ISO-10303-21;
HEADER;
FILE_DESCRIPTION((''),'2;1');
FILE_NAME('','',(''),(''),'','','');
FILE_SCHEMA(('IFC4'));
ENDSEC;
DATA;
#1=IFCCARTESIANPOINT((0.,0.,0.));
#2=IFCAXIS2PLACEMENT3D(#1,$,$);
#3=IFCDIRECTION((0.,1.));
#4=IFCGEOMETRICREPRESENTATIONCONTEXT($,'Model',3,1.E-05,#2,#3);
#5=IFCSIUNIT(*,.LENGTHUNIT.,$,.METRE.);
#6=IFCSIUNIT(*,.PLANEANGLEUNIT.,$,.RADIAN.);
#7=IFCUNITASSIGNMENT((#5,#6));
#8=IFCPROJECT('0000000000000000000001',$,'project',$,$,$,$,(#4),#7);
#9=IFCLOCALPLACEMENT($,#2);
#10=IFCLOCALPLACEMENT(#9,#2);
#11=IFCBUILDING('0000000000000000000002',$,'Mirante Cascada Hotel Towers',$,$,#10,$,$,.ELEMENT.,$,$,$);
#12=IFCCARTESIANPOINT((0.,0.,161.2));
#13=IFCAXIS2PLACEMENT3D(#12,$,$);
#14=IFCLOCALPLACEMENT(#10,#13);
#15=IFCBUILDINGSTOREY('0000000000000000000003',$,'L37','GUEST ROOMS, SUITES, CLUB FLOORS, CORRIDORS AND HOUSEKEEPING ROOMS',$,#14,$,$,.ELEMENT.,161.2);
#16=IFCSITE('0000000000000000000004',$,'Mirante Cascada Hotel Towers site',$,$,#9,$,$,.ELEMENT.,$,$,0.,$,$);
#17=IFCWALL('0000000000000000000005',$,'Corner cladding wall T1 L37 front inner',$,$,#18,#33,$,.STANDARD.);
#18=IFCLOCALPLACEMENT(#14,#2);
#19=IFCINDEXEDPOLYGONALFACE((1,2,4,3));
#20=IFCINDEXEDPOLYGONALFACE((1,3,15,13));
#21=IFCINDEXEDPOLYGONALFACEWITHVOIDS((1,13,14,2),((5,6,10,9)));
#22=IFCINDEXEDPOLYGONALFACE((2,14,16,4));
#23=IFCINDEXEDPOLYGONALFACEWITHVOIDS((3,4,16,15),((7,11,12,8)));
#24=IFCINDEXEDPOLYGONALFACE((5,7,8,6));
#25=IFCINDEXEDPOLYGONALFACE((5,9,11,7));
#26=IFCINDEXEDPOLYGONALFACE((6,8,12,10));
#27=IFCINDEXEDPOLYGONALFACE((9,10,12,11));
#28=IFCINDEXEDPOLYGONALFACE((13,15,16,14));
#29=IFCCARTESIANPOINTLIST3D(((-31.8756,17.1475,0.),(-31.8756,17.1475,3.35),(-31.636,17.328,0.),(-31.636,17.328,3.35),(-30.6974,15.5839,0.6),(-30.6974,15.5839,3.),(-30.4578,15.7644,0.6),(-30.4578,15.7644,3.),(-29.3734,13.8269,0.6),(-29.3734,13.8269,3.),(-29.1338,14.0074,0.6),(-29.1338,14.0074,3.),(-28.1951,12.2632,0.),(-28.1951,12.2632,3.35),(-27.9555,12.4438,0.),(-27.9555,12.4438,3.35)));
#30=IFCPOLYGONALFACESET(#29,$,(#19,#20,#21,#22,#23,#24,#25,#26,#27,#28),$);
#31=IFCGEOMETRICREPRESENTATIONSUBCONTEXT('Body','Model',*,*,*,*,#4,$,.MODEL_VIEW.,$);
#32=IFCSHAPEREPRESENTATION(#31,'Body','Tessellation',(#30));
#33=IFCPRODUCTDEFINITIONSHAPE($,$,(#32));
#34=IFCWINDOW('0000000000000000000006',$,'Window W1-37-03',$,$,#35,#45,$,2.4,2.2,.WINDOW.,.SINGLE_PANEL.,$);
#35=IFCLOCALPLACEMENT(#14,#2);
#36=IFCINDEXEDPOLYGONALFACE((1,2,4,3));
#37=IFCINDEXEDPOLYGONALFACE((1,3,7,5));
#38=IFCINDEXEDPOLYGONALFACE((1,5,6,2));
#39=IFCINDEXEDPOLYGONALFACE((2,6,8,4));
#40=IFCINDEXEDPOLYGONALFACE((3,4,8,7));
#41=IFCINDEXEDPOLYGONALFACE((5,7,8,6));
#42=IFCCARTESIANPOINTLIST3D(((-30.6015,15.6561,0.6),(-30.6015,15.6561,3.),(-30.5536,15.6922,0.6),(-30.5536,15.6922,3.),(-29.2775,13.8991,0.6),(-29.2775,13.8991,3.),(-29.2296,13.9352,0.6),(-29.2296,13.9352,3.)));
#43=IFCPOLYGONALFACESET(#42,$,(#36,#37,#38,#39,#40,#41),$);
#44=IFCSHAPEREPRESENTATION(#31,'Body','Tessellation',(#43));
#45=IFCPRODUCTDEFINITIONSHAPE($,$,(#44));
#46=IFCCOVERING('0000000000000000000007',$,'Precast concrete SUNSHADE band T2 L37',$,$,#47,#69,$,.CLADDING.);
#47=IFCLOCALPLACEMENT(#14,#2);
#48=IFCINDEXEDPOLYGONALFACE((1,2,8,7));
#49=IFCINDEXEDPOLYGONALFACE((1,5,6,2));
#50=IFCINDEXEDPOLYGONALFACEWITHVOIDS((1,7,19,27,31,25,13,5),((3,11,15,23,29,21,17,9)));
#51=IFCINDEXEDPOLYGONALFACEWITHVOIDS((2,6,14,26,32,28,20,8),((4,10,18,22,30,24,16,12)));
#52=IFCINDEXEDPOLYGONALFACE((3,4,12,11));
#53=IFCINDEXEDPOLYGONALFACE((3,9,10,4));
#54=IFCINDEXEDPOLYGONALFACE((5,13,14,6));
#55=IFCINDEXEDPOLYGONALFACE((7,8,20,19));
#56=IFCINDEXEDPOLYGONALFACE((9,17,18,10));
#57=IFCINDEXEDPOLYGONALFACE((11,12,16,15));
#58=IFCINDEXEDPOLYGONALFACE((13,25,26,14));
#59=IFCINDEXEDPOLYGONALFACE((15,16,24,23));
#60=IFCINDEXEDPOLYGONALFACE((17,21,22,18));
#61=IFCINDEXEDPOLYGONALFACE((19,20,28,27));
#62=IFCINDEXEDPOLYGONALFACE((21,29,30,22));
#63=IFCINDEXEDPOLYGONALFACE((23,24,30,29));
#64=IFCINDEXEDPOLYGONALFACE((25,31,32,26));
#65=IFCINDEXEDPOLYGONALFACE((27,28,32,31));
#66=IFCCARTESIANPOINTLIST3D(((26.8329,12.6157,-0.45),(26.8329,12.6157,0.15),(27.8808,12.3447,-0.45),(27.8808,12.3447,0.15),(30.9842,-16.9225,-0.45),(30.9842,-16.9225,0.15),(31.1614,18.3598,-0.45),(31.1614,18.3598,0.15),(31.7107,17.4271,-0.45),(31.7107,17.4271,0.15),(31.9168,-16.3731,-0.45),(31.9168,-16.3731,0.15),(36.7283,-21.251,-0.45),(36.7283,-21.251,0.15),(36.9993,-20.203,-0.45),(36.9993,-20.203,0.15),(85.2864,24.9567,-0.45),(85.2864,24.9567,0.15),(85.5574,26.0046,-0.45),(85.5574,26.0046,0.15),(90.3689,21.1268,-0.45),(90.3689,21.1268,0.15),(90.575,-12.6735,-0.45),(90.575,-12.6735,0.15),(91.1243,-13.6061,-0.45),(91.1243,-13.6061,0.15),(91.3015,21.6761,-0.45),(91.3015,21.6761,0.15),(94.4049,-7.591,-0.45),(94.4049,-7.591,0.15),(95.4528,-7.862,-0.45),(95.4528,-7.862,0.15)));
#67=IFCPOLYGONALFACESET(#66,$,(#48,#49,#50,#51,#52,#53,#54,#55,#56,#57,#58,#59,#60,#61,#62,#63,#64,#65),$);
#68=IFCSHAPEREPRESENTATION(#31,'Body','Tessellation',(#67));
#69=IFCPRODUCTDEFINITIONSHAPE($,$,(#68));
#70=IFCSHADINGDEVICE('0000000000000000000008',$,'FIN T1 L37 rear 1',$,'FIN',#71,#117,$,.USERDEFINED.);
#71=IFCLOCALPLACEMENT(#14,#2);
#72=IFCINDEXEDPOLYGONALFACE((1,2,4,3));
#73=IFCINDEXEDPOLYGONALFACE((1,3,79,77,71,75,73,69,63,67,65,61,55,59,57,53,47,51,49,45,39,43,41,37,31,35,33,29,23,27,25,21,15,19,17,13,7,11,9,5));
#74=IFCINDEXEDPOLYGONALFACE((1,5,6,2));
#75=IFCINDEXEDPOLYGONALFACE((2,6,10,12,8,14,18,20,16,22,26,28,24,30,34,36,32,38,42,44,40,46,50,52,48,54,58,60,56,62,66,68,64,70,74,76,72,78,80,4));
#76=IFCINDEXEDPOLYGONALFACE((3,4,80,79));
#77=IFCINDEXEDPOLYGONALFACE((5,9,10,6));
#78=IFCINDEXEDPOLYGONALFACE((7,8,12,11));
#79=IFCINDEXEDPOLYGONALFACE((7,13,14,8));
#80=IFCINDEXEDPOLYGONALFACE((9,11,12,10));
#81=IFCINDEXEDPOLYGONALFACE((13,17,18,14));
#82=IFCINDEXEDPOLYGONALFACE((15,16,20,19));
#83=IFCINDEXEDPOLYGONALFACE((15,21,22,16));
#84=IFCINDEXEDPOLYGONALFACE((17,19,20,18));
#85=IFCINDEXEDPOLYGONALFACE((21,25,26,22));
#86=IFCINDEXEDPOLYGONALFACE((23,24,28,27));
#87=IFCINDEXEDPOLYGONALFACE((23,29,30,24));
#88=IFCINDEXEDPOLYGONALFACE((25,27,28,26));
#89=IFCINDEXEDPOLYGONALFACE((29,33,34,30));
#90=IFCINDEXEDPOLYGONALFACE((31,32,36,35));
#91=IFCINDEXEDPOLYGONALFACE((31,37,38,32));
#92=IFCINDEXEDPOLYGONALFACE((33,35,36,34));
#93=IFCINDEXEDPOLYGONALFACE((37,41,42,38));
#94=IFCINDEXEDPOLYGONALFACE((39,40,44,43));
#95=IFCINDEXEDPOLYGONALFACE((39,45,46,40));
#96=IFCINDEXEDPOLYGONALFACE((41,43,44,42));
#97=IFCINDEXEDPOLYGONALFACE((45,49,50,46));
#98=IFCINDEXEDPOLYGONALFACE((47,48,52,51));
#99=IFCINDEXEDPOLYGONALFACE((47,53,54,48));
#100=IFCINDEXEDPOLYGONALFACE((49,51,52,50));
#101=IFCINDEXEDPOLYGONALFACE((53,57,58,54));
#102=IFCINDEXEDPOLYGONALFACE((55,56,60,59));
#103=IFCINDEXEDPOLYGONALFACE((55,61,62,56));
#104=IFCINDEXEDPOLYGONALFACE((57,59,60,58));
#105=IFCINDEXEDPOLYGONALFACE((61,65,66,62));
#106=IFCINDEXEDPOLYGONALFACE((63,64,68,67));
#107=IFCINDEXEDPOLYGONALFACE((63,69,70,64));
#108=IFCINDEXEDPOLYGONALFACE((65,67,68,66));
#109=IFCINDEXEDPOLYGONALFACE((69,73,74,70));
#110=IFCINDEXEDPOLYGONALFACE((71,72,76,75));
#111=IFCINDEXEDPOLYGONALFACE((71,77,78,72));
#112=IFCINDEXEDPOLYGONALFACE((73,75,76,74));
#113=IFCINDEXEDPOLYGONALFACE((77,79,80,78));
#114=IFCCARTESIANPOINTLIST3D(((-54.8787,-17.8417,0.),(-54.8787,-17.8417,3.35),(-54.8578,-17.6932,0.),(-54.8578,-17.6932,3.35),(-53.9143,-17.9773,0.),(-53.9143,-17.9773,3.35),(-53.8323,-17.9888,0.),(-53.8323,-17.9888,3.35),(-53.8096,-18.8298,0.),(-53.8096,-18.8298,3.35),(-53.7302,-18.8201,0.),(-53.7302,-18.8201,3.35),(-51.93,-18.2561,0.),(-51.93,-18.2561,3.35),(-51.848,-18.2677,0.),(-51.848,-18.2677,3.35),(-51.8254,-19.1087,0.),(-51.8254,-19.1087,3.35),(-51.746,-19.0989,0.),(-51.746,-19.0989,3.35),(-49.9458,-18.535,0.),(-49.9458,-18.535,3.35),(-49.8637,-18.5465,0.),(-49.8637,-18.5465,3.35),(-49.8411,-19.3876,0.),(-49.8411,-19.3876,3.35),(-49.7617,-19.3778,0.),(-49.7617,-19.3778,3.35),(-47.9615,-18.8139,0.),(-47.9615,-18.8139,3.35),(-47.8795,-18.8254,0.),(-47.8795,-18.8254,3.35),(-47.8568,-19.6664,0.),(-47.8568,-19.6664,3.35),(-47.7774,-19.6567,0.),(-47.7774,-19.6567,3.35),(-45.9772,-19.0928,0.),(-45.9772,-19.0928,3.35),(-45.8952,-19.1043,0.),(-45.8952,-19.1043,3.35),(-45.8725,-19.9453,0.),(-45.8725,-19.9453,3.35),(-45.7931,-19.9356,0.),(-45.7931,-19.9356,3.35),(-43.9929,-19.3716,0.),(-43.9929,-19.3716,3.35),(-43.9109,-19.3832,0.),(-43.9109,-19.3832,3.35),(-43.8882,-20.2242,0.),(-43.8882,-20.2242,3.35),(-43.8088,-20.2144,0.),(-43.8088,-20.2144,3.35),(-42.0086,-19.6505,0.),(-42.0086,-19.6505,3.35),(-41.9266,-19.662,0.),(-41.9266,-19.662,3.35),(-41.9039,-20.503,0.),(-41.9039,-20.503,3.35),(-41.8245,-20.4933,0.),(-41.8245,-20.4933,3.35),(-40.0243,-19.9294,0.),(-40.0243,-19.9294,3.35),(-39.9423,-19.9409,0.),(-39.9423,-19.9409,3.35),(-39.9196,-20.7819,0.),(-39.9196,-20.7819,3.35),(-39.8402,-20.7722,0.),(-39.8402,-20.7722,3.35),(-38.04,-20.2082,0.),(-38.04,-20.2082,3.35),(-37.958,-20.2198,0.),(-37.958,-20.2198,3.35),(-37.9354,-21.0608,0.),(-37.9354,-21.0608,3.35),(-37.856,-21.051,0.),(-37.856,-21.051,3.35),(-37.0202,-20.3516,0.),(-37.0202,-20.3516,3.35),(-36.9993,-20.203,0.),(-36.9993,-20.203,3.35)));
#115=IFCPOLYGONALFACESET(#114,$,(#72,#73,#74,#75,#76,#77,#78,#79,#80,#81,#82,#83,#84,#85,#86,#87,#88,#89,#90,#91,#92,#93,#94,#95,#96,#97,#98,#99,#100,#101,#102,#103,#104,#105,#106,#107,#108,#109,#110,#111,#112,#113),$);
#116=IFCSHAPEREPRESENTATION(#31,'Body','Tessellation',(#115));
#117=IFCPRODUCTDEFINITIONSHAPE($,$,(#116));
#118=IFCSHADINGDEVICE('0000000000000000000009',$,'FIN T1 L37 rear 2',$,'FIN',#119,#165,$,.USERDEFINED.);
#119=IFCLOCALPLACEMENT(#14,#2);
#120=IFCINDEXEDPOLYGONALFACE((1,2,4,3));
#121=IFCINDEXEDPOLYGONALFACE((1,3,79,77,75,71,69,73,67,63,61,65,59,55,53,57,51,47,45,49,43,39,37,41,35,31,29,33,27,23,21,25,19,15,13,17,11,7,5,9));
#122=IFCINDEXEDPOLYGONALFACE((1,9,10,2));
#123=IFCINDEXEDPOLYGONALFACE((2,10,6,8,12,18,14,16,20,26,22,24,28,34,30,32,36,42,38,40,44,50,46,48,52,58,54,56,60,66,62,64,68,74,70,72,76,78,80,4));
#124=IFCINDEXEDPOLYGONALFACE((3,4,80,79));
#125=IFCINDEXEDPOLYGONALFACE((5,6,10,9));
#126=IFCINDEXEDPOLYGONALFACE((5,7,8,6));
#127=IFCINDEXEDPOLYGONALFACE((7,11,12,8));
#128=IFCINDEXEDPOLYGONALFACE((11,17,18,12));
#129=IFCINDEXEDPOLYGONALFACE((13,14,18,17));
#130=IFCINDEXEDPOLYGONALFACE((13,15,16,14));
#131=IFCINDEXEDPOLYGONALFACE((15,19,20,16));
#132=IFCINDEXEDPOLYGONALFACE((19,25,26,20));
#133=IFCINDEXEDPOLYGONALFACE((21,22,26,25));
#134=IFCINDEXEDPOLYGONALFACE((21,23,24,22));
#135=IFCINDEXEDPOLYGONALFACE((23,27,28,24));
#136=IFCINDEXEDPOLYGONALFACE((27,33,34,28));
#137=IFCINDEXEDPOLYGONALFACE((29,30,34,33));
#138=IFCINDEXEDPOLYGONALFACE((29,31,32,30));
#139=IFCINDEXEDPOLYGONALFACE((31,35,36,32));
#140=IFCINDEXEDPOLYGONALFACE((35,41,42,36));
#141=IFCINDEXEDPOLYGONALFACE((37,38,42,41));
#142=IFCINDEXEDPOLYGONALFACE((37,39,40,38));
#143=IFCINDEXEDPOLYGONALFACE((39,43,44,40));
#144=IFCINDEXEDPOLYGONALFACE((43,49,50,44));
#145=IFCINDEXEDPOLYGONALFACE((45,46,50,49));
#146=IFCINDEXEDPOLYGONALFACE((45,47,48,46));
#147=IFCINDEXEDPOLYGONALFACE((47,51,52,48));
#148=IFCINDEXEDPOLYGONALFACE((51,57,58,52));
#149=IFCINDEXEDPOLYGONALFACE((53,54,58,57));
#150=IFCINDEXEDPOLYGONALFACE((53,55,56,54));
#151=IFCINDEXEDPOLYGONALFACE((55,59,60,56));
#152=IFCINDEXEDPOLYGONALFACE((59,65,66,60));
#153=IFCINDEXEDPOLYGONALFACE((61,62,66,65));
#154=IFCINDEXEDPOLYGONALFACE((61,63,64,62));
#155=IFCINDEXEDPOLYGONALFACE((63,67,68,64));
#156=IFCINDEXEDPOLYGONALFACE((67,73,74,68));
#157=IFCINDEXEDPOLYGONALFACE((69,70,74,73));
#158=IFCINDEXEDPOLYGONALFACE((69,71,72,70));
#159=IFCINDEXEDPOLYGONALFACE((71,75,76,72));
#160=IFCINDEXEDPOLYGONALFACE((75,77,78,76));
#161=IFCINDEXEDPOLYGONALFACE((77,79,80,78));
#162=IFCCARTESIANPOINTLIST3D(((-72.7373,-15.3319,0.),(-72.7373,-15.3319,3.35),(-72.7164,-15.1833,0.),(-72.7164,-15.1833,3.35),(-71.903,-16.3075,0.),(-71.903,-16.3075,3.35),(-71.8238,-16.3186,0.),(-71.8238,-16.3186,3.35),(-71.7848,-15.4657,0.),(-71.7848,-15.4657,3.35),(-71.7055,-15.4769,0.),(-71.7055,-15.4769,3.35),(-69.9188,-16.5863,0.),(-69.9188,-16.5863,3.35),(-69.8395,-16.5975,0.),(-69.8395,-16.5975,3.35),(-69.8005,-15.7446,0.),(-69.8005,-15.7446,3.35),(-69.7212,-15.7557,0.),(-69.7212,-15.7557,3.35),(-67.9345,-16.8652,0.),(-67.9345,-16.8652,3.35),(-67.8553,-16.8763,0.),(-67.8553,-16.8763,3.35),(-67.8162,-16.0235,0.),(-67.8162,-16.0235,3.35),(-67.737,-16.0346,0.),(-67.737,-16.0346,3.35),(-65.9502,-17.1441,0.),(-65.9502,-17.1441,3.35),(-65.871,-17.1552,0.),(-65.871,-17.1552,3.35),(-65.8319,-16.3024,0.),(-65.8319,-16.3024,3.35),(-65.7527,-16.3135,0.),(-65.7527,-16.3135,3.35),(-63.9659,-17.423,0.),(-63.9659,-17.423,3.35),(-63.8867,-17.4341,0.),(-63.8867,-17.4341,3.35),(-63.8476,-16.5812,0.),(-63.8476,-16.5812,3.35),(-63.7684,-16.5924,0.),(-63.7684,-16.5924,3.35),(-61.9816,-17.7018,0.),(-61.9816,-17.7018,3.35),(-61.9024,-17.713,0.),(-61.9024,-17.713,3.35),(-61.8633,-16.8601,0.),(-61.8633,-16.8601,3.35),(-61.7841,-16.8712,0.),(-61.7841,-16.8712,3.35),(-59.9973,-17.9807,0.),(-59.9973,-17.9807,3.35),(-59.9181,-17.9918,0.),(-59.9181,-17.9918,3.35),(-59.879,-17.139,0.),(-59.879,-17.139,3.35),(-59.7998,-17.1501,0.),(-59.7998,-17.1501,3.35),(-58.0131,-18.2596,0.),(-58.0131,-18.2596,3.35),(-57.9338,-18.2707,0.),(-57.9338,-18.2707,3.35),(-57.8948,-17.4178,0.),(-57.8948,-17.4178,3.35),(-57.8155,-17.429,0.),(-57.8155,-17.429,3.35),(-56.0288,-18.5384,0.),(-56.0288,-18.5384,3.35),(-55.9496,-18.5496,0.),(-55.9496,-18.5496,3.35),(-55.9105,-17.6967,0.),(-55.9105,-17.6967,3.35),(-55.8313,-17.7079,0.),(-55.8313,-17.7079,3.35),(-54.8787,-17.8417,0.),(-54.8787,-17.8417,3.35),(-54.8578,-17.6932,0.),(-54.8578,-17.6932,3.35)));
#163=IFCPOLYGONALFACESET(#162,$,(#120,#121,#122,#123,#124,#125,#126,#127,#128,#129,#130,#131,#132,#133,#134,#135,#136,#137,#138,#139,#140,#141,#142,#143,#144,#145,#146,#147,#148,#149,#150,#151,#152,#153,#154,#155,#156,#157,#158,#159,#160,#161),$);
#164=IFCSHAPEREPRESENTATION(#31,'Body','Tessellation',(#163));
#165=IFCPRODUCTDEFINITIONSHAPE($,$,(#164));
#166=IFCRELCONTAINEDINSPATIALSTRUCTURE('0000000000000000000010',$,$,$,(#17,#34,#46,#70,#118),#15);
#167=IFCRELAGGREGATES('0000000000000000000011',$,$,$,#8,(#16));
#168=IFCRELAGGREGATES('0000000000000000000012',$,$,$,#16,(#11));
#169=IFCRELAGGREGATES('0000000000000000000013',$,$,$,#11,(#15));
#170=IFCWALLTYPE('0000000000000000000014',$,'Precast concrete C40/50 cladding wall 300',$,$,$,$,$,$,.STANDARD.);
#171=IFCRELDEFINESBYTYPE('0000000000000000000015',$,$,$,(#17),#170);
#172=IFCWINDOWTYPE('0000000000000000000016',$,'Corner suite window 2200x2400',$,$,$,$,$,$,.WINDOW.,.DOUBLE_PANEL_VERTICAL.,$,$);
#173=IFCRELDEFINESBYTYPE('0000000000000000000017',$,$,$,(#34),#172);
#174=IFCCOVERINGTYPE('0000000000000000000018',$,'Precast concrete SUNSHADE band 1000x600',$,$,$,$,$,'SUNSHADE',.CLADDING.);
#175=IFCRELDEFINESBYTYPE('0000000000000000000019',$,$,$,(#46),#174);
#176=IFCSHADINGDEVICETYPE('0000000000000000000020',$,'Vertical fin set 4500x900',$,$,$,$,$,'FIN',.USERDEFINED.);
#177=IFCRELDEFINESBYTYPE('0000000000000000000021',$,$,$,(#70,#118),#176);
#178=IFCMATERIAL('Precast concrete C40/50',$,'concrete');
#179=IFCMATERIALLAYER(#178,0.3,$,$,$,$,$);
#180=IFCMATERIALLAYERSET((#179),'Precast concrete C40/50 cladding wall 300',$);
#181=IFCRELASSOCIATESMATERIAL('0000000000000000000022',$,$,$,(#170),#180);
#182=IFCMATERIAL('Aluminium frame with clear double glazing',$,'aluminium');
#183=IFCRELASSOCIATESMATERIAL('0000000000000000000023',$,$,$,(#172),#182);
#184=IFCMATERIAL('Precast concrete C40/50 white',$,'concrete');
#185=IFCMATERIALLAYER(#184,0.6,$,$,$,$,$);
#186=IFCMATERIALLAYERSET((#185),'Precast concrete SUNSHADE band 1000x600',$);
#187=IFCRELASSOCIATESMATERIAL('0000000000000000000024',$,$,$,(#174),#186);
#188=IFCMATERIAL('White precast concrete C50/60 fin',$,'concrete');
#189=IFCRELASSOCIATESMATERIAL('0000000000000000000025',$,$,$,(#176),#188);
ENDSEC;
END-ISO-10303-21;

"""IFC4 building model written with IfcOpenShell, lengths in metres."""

from ifc_helpers import new_model, si_unit, direction, frame, frame_2d, origin, place, context, subcontext, project, spatial, polyline, rectangle, outline, extrude, material, layer, layer_set, type_object, element, fill, save


model = new_model("IFC4")

# Units and contexts
model_context = context("Model", 3, precision=1e-05, world=origin(), true_north=direction((0.0, 1.0)))
body_context = subcontext(model_context, "Body", "Model", "MODEL_VIEW")
ifc_project = project(units=[si_unit("LENGTHUNIT", "METRE"), si_unit("PLANEANGLEUNIT", "RADIAN")], contexts=[model_context])

# Site, building, storey
site_placement = place(None, origin())
site = spatial("IfcSite", under=ifc_project, at=site_placement, Name="Mirante Cascada Hotel Towers site", CompositionType="ELEMENT", RefElevation=0.0)
building_placement = place(site_placement, origin())
building = spatial("IfcBuilding", under=site, at=building_placement, Name="Mirante Cascada Hotel Towers", CompositionType="ELEMENT")
storey_placement = place(building_placement, frame((0.0, 0.0, 161.2)))
storey = spatial("IfcBuildingStorey", under=building, at=storey_placement, Name="L37", Description="GUEST ROOMS, SUITES, CLUB FLOORS, CORRIDORS AND HOUSEKEEPING ROOMS", CompositionType="ELEMENT", Elevation=161.2)

# Wall, opening, window
ifc_material_1 = material(Name="Precast concrete C40/50", Category="concrete")
ifc_layer_1 = layer(ifc_material_1, 0.3)
ifc_layer_set_1 = layer_set([ifc_layer_1], Name="Precast concrete C40/50 cladding wall 300")
wall_type_1 = type_object("IfcWallType", Name="Precast concrete C40/50 cladding wall 300", PredefinedType="STANDARD", material=ifc_layer_set_1)
wall_1_placement = place(storey_placement, frame((-31.7558, 17.2377, 0.0), z_axis=(0.0, 0.0, 1.0), x_axis=(0.601814, -0.798636, 0.0)))
wall_1 = element("IfcWall", 1, at=wall_1_placement, inside=storey, type_object=wall_type_1, Name="Corner cladding wall T1 L37 front inner", PredefinedType="STANDARD", context=body_context, shape_type="SweptSolid", body=[
    extrude(rectangle(XDim=6.1157, YDim=0.3, at=frame_2d((3.0578, 0.0))), origin(), (0.0, 0.0, 1.0), 3.35),
])
opening_1_placement = place(wall_1_placement, frame((1.9578, 0.0, 0.6)))
opening_1 = element("IfcOpeningElement", 2, at=opening_1_placement, cuts=wall_1, PredefinedType="OPENING", context=body_context, shape_type="SweptSolid", body=[
    extrude(rectangle(XDim=2.2, YDim=2.4, at=frame_2d((1.1, 1.2))), frame((0.0, 0.15, 0.0), z_axis=(0.0, -1.0, 0.0), x_axis=(1.0, 0.0, 0.0)), (0.0, 0.0, 1.0), 0.3),
])
ifc_material_2 = material(Name="Aluminium frame with clear double glazing", Category="aluminium")
window_type = type_object("IfcWindowType", Name="Corner suite window 2200x2400", PartitioningType="DOUBLE_PANEL_VERTICAL", PredefinedType="WINDOW", material=ifc_material_2)
window_placement = place(opening_1_placement, origin())
window = element("IfcWindow", 3, at=window_placement, inside=storey, type_object=window_type, Name="Window W1-37-03", OverallHeight=2.4, OverallWidth=2.2, PartitioningType="SINGLE_PANEL", PredefinedType="WINDOW", context=body_context, shape_type="SweptSolid", body=[
    extrude(rectangle(XDim=2.2, YDim=2.4, at=frame_2d((1.1, 1.2))), frame((0.0, 0.03, 0.0), z_axis=(0.0, -1.0, 0.0), x_axis=(1.0, 0.0, 0.0)), (0.0, 0.0, 1.0), 0.06),
])
fill(opening_1, window)

# Covering
ifc_material_3 = material(Name="Precast concrete C40/50 white", Category="concrete")
ifc_layer_2 = layer(ifc_material_3, 0.6)
ifc_layer_set_2 = layer_set([ifc_layer_2], Name="Precast concrete SUNSHADE band 1000x600")
covering_type = type_object("IfcCoveringType", Name="Precast concrete SUNSHADE band 1000x600", ElementType="SUNSHADE", PredefinedType="CLADDING", material=ifc_layer_set_2)
covering_placement = place(storey_placement, frame((0.0, 0.0, -0.45)))
element("IfcCovering", 4, at=covering_placement, inside=storey, type_object=covering_type, Name="Precast concrete SUNSHADE band T2 L37", PredefinedType="CLADDING", context=body_context, shape_type="SweptSolid", body=[
    extrude(outline(polyline([(26.8329, 12.6157), (31.1614, 18.3598), (85.5574, 26.0046), (91.3015, 21.6761), (95.4528, -7.862), (91.1243, -13.6061), (36.7283, -21.251), (30.9842, -16.9225), (26.8329, 12.6157)]), holes=[polyline([(94.4049, -7.591), (90.3689, 21.1268), (85.2864, 24.9567), (31.7107, 17.4271), (27.8808, 12.3447), (31.9168, -16.3731), (36.9993, -20.203), (90.575, -12.6735), (94.4049, -7.591)])]), origin(), (0.0, 0.0, 1.0), 0.6),
])

# Shading devices
ifc_material_4 = material(Name="White precast concrete C50/60 fin", Category="concrete")
shading_device_type = type_object("IfcShadingDeviceType", Name="Vertical fin set 4500x900", ElementType="FIN", PredefinedType="USERDEFINED", material=ifc_material_4)
shading_device_1_placement = place(storey_placement, origin())
element("IfcShadingDevice", 5, at=shading_device_1_placement, inside=storey, type_object=shading_device_type, Name="FIN T1 L37 rear 1", ObjectType="FIN", PredefinedType="USERDEFINED", context=body_context, shape_type="SweptSolid", body=[
    extrude(outline(polyline([(-38.04, -20.2082), (-39.9423, -19.9409), (-39.8402, -20.7722), (-39.9196, -20.7819), (-40.0243, -19.9294), (-41.9266, -19.662), (-41.8245, -20.4933), (-41.9039, -20.503), (-42.0086, -19.6505), (-43.9109, -19.3832), (-43.8088, -20.2144), (-43.8882, -20.2242), (-43.9929, -19.3716), (-45.8952, -19.1043), (-45.7931, -19.9356), (-45.8725, -19.9453), (-45.9772, -19.0928), (-47.8795, -18.8254), (-47.7774, -19.6567), (-47.8568, -19.6664), (-47.9615, -18.8139), (-49.8637, -18.5465), (-49.7617, -19.3778), (-49.8411, -19.3876), (-49.9458, -18.535), (-51.848, -18.2677), (-51.746, -19.0989), (-51.8254, -19.1087), (-51.93, -18.2561), (-53.8323, -17.9888), (-53.7302, -18.8201), (-53.8096, -18.8298), (-53.9143, -17.9773), (-54.8787, -17.8417), (-54.8578, -17.6932), (-36.9993, -20.203), (-37.0202, -20.3516), (-37.958, -20.2198), (-37.856, -21.051), (-37.9354, -21.0608), (-38.04, -20.2082)])), origin(), (0.0, 0.0, 1.0), 3.35),
])
shading_device_2_placement = place(storey_placement, origin())
element("IfcShadingDevice", 6, at=shading_device_2_placement, inside=storey, type_object=shading_device_type, Name="FIN T1 L37 rear 2", ObjectType="FIN", PredefinedType="USERDEFINED", context=body_context, shape_type="SweptSolid", body=[
    extrude(outline(polyline([(-55.9105, -17.6967), (-57.8155, -17.429), (-57.9338, -18.2707), (-58.0131, -18.2596), (-57.8948, -17.4178), (-59.7998, -17.1501), (-59.9181, -17.9918), (-59.9973, -17.9807), (-59.879, -17.139), (-61.7841, -16.8712), (-61.9024, -17.713), (-61.9816, -17.7018), (-61.8633, -16.8601), (-63.7684, -16.5924), (-63.8867, -17.4341), (-63.9659, -17.423), (-63.8476, -16.5812), (-65.7527, -16.3135), (-65.871, -17.1552), (-65.9502, -17.1441), (-65.8319, -16.3024), (-67.737, -16.0346), (-67.8553, -16.8763), (-67.9345, -16.8652), (-67.8162, -16.0235), (-69.7212, -15.7557), (-69.8395, -16.5975), (-69.9188, -16.5863), (-69.8005, -15.7446), (-71.7055, -15.4769), (-71.8238, -16.3186), (-71.903, -16.3075), (-71.7848, -15.4657), (-72.7373, -15.3319), (-72.7164, -15.1833), (-54.8578, -17.6932), (-54.8787, -17.8417), (-55.8313, -17.7079), (-55.9496, -18.5496), (-56.0288, -18.5384), (-55.9105, -17.6967)])), origin(), (0.0, 0.0, 1.0), 3.35),
])

save(model, "model.ifc")
